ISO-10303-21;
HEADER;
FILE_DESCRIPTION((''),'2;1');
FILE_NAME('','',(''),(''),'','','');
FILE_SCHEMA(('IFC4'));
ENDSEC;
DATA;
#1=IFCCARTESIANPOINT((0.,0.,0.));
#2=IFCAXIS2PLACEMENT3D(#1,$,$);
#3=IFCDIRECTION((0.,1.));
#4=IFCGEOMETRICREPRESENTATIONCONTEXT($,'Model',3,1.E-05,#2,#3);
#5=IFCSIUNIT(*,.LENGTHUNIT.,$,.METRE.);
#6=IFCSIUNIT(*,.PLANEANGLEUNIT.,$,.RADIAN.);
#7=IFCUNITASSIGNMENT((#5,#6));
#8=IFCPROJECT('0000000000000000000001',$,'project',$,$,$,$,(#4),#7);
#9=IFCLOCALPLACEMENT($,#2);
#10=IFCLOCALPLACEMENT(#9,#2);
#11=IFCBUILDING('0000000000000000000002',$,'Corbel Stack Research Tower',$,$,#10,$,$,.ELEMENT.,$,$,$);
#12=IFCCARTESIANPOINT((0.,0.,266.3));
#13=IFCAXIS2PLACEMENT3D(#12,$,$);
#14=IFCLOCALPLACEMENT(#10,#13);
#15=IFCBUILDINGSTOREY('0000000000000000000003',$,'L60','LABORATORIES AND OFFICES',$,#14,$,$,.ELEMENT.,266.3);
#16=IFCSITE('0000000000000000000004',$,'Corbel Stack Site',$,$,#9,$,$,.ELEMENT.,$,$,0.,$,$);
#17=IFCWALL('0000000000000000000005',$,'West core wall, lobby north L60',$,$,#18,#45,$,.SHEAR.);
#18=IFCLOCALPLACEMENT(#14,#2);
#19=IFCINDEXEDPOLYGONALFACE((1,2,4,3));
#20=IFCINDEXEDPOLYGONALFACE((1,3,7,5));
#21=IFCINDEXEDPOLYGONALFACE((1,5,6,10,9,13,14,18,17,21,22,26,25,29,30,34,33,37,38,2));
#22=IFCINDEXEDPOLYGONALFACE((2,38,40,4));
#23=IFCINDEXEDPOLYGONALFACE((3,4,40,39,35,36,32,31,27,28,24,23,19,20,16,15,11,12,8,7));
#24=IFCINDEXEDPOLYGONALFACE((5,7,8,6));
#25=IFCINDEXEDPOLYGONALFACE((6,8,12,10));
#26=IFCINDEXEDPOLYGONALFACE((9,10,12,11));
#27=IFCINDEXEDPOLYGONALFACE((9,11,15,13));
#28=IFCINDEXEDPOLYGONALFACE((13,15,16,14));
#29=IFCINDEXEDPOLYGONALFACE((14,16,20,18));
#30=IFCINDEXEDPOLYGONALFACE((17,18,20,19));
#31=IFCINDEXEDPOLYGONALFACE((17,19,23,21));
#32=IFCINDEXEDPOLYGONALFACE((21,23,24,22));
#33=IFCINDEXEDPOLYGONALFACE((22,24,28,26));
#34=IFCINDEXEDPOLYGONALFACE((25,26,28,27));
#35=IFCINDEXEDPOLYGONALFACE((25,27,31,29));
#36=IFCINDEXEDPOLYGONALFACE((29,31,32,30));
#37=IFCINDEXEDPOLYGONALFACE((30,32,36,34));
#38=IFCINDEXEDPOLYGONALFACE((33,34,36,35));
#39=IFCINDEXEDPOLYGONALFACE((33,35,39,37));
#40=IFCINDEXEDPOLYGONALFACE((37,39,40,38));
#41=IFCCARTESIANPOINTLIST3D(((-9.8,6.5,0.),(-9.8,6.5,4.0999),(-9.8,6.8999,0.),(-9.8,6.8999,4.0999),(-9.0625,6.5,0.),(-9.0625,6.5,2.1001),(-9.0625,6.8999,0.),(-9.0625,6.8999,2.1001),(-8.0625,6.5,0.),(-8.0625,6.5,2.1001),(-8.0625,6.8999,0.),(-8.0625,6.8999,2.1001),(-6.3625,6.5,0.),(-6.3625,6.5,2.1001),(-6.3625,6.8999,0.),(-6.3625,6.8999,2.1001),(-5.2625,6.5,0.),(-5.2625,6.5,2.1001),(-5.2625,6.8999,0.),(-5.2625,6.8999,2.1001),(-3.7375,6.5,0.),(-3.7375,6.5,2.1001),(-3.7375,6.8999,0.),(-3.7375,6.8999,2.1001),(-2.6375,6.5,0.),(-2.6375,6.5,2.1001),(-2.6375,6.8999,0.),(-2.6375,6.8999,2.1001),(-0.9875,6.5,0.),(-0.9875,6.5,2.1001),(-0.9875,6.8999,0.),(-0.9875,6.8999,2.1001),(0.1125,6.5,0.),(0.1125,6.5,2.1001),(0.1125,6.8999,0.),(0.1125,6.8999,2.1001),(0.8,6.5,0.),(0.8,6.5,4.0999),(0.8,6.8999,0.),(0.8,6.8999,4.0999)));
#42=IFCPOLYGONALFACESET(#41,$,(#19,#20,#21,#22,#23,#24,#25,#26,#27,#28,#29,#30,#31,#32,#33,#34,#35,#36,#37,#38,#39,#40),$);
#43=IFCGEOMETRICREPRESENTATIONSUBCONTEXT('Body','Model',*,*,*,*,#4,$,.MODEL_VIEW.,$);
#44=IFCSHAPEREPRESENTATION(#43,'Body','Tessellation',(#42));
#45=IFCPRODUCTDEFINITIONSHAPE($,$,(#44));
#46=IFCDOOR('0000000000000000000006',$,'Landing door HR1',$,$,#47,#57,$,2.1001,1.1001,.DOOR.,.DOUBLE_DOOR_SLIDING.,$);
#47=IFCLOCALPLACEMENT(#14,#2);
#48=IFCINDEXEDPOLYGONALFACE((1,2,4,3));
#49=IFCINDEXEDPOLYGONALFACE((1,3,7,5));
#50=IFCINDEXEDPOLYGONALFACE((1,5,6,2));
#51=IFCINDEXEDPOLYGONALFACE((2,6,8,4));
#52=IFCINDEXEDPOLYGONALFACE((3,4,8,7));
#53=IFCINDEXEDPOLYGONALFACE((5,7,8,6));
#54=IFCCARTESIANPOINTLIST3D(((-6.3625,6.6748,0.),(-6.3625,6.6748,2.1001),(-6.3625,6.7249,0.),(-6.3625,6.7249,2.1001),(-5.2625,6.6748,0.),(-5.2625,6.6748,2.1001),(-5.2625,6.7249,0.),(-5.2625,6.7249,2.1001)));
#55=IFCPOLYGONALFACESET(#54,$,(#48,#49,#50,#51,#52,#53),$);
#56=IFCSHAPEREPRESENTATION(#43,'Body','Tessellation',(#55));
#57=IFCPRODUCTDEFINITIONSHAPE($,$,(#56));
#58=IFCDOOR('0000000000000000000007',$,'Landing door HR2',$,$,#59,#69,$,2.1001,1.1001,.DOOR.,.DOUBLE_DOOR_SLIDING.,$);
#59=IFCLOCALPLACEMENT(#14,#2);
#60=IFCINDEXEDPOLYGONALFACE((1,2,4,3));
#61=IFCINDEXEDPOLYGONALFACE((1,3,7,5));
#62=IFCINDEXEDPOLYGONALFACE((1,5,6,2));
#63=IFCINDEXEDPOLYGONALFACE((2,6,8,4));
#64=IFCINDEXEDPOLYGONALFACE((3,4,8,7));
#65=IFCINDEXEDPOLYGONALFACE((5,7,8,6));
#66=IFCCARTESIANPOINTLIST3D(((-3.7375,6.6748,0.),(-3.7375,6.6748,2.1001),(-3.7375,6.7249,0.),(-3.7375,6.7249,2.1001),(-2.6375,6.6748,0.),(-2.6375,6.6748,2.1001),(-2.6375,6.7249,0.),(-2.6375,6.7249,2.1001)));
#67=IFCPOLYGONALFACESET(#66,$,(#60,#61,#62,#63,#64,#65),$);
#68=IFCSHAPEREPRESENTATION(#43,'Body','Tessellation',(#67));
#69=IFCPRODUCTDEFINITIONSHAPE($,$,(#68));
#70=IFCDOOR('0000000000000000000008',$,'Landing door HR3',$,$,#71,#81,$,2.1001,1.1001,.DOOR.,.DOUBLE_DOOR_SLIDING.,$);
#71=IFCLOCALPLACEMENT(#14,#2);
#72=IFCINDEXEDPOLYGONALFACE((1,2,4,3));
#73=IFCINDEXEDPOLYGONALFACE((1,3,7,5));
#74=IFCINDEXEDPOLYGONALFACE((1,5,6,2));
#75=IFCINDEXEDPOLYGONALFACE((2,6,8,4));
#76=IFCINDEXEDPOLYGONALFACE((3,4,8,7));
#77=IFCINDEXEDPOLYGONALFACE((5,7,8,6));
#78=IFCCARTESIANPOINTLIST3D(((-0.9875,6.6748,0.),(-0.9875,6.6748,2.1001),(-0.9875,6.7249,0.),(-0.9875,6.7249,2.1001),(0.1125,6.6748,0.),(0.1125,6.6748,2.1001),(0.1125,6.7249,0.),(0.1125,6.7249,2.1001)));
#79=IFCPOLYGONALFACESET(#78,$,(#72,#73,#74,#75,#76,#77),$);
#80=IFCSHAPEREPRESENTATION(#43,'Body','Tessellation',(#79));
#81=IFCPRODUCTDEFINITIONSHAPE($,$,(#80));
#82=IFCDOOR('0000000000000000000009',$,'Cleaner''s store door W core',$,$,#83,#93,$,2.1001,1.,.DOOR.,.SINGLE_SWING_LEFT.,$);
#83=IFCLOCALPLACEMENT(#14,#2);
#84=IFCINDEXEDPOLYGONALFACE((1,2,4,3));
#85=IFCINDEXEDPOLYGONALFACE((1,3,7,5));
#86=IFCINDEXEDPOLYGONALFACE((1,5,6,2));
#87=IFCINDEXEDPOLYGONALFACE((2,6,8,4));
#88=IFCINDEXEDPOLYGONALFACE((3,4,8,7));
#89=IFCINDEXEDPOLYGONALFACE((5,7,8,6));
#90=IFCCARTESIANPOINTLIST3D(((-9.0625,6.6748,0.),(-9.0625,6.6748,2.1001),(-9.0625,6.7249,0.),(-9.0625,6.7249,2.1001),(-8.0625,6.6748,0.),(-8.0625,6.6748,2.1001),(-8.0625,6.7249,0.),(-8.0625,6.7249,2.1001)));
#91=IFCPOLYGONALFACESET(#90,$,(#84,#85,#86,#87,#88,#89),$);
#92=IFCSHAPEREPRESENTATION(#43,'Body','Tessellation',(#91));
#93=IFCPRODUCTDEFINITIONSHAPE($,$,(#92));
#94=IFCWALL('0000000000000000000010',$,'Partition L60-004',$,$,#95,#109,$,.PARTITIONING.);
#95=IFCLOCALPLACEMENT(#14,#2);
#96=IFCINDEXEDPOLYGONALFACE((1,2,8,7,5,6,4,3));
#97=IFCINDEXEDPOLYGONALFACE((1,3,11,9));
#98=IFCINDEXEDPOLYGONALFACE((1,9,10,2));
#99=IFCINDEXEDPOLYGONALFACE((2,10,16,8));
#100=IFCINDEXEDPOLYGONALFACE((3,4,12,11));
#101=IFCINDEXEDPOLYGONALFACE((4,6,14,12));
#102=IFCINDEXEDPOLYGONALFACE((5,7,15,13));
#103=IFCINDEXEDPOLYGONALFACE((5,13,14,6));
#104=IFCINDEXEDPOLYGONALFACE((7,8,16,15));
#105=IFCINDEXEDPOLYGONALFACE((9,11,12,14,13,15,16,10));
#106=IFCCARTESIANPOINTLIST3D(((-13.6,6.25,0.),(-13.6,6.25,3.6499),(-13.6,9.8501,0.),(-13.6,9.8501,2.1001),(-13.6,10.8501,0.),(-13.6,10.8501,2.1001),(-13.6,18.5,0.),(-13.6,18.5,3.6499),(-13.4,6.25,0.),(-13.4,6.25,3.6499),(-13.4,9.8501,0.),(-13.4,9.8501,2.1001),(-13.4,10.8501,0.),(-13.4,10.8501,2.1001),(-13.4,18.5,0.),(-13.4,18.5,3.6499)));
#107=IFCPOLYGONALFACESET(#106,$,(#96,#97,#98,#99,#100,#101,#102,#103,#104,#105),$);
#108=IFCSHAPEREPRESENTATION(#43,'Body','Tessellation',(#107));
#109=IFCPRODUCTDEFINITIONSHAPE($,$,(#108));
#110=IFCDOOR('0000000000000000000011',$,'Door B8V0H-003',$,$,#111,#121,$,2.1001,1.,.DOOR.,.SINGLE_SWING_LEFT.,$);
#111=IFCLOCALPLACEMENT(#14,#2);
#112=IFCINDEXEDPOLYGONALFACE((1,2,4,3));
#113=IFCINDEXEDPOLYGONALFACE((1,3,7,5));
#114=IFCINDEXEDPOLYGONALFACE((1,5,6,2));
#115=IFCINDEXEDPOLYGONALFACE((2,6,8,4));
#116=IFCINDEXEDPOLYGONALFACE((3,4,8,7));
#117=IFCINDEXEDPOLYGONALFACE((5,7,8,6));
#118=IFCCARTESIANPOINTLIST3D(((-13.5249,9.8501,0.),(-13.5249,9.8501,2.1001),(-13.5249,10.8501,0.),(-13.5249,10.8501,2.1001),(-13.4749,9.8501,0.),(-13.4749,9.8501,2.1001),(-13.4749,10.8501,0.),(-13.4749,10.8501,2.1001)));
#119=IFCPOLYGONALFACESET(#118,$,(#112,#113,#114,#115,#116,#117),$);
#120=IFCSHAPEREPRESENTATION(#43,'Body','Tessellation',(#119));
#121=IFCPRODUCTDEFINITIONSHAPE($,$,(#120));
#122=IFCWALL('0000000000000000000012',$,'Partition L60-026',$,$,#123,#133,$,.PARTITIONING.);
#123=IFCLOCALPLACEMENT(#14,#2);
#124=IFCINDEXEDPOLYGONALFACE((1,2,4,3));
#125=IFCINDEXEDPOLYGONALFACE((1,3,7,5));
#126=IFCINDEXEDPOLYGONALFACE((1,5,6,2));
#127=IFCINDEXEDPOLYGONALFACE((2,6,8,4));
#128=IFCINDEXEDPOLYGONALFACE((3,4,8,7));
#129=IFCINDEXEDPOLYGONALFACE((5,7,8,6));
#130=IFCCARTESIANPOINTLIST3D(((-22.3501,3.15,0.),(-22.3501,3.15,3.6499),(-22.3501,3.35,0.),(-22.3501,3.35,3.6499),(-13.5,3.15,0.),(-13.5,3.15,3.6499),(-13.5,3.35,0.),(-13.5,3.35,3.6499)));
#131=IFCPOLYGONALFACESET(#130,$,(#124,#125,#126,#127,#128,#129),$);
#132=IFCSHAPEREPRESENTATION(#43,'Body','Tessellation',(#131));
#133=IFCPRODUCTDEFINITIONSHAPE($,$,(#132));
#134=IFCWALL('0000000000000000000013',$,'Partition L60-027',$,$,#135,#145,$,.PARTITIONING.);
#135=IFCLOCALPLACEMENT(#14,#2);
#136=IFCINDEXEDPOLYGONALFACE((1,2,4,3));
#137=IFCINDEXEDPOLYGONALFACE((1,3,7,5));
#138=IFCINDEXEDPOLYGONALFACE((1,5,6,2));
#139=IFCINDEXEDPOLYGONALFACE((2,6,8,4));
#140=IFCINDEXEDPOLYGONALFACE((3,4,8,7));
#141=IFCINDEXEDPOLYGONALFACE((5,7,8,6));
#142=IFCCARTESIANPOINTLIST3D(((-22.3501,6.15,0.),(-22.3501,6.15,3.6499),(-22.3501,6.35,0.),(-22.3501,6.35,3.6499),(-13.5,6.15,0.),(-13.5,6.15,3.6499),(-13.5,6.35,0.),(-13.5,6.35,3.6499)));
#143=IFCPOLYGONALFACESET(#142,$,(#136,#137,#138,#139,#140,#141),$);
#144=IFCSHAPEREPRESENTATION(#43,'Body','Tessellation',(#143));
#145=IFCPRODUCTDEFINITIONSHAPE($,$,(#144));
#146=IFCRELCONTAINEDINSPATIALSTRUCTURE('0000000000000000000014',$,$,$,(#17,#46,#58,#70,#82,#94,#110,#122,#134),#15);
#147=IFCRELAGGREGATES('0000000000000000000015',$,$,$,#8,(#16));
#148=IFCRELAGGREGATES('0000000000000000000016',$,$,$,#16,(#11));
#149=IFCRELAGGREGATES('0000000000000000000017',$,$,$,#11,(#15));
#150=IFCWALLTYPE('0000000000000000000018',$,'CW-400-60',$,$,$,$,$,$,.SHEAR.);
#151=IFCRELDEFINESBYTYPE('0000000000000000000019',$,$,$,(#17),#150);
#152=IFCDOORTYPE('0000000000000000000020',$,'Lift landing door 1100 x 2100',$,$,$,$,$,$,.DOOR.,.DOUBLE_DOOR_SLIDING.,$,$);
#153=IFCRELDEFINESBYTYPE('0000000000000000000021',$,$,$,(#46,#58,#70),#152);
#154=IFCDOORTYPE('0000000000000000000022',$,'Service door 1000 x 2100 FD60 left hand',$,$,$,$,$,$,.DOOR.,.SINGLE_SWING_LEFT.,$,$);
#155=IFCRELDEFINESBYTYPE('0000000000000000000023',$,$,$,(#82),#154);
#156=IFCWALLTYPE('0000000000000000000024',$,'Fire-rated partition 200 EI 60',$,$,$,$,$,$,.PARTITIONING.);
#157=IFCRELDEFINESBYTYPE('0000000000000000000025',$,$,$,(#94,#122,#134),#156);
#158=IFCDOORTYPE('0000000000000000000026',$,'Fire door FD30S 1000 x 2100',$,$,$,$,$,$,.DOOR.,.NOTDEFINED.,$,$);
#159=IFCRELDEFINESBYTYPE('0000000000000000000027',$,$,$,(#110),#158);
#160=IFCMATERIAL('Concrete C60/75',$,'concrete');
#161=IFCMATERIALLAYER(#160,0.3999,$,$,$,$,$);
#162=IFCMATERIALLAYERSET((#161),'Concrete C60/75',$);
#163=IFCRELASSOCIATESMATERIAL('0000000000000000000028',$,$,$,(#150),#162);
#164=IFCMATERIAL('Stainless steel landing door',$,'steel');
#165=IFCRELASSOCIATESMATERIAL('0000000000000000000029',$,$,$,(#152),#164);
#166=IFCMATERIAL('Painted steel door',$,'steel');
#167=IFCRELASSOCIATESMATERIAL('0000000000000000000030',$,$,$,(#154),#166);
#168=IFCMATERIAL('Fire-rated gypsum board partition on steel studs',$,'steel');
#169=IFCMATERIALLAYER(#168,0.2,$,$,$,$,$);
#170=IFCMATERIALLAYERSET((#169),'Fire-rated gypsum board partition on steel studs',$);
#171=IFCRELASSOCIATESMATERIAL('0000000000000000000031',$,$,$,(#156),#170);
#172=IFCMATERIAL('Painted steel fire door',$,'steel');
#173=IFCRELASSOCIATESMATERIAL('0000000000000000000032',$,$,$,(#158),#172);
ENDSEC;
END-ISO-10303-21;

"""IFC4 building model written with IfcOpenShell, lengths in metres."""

from ifc_helpers import new_model, si_unit, direction, frame, frame_2d, origin, place, context, subcontext, project, spatial, rectangle, extrude, material, layer, layer_set, type_object, element, fill, save


model = new_model("IFC4")

# Units and contexts
model_context = context("Model", 3, precision=1e-05, world=origin(), true_north=direction((0.0, 1.0)))
body_context = subcontext(model_context, "Body", "Model", "MODEL_VIEW")
ifc_project = project(units=[si_unit("LENGTHUNIT", "METRE"), si_unit("PLANEANGLEUNIT", "RADIAN")], contexts=[model_context])

# Site, building, storey
site_placement = place(None, origin())
site = spatial("IfcSite", under=ifc_project, at=site_placement, Name="Corbel Stack Site", CompositionType="ELEMENT", RefElevation=0.0)
building_placement = place(site_placement, origin())
building = spatial("IfcBuilding", under=site, at=building_placement, Name="Corbel Stack Research Tower", CompositionType="ELEMENT")
storey_placement = place(building_placement, frame((0.0, 0.0, 266.3)))
storey = spatial("IfcBuildingStorey", under=building, at=storey_placement, Name="L60", Description="LABORATORIES AND OFFICES", CompositionType="ELEMENT", Elevation=266.3)

# Wall, openings, doors
ifc_material_1 = material(Name="Concrete C60/75", Category="concrete")
ifc_layer_1 = layer(ifc_material_1, 0.3999)
ifc_layer_set_1 = layer_set([ifc_layer_1], Name="Concrete C60/75")
wall_type_1 = type_object("IfcWallType", Name="CW-400-60", PredefinedType="SHEAR", material=ifc_layer_set_1)
ifc_material_2 = material(Name="Stainless steel landing door", Category="steel")
door_type_1 = type_object("IfcDoorType", Name="Lift landing door 1100 x 2100", OperationType="DOUBLE_DOOR_SLIDING", PredefinedType="DOOR", material=ifc_material_2)
ifc_material_3 = material(Name="Painted steel door", Category="steel")
door_type_2 = type_object("IfcDoorType", Name="Service door 1000 x 2100 FD60 left hand", OperationType="SINGLE_SWING_LEFT", PredefinedType="DOOR", material=ifc_material_3)
wall_1_placement = place(storey_placement, frame((-9.8, 6.7, 0.0), z_axis=(0.0, 0.0, 1.0), x_axis=(1.0, 0.0, 0.0)))
wall_1 = element("IfcWall", 1, at=wall_1_placement, inside=storey, type_object=wall_type_1, Name="West core wall, lobby north L60", PredefinedType="SHEAR", context=body_context, shape_type="SweptSolid", body=[
    extrude(rectangle(XDim=10.6001, YDim=0.3999, at=frame_2d((5.3, 0.0))), origin(), (0.0, 0.0, 1.0), 4.0999),
])
opening_1_placement = place(wall_1_placement, frame((3.4375, 0.0, 0.0)))
opening_1 = element("IfcOpeningElement", 2, at=opening_1_placement, cuts=wall_1, PredefinedType="OPENING", context=body_context, shape_type="SweptSolid", body=[
    extrude(rectangle(XDim=1.1001, YDim=2.1001, at=frame_2d((0.55, 1.05))), frame((0.0, 0.21, 0.0), z_axis=(0.0, -1.0, 0.0), x_axis=(1.0, 0.0, 0.0)), (0.0, 0.0, 1.0), 0.4199),
])
opening_2_placement = place(wall_1_placement, frame((6.0625, 0.0, 0.0)))
opening_2 = element("IfcOpeningElement", 3, at=opening_2_placement, cuts=wall_1, PredefinedType="OPENING", context=body_context, shape_type="SweptSolid", body=[
    extrude(rectangle(XDim=1.1001, YDim=2.1001, at=frame_2d((0.55, 1.05))), frame((0.0, 0.21, 0.0), z_axis=(0.0, -1.0, 0.0), x_axis=(1.0, 0.0, 0.0)), (0.0, 0.0, 1.0), 0.4199),
])
opening_3_placement = place(wall_1_placement, frame((8.8125, 0.0, 0.0)))
opening_3 = element("IfcOpeningElement", 4, at=opening_3_placement, cuts=wall_1, PredefinedType="OPENING", context=body_context, shape_type="SweptSolid", body=[
    extrude(rectangle(XDim=1.1001, YDim=2.1001, at=frame_2d((0.55, 1.05))), frame((0.0, 0.21, 0.0), z_axis=(0.0, -1.0, 0.0), x_axis=(1.0, 0.0, 0.0)), (0.0, 0.0, 1.0), 0.4199),
])
opening_4_placement = place(wall_1_placement, frame((0.7375, 0.0, 0.0)))
opening_4 = element("IfcOpeningElement", 5, at=opening_4_placement, cuts=wall_1, PredefinedType="OPENING", context=body_context, shape_type="SweptSolid", body=[
    extrude(rectangle(XDim=1.0, YDim=2.1001, at=frame_2d((0.5, 1.05))), frame((0.0, 0.21, 0.0), z_axis=(0.0, -1.0, 0.0), x_axis=(1.0, 0.0, 0.0)), (0.0, 0.0, 1.0), 0.4199),
])
door_1_placement = place(opening_1_placement, origin())
door_1 = element("IfcDoor", 6, at=door_1_placement, inside=storey, type_object=door_type_1, Name="Landing door HR1", OperationType="DOUBLE_DOOR_SLIDING", OverallHeight=2.1001, OverallWidth=1.1001, PredefinedType="DOOR", context=body_context, shape_type="SweptSolid", body=[
    extrude(rectangle(XDim=1.1001, YDim=2.1001, at=frame_2d((0.55, 1.05))), frame((0.0, 0.0249, 0.0), z_axis=(0.0, -1.0, 0.0), x_axis=(1.0, 0.0, 0.0)), (0.0, 0.0, 1.0), 0.05),
])
fill(opening_1, door_1)
door_2_placement = place(opening_2_placement, origin())
door_2 = element("IfcDoor", 7, at=door_2_placement, inside=storey, type_object=door_type_1, Name="Landing door HR2", OperationType="DOUBLE_DOOR_SLIDING", OverallHeight=2.1001, OverallWidth=1.1001, PredefinedType="DOOR", context=body_context, shape_type="SweptSolid", body=[
    extrude(rectangle(XDim=1.1001, YDim=2.1001, at=frame_2d((0.55, 1.05))), frame((0.0, 0.0249, 0.0), z_axis=(0.0, -1.0, 0.0), x_axis=(1.0, 0.0, 0.0)), (0.0, 0.0, 1.0), 0.05),
])
fill(opening_2, door_2)
door_3_placement = place(opening_3_placement, origin())
door_3 = element("IfcDoor", 8, at=door_3_placement, inside=storey, type_object=door_type_1, Name="Landing door HR3", OperationType="DOUBLE_DOOR_SLIDING", OverallHeight=2.1001, OverallWidth=1.1001, PredefinedType="DOOR", context=body_context, shape_type="SweptSolid", body=[
    extrude(rectangle(XDim=1.1001, YDim=2.1001, at=frame_2d((0.55, 1.05))), frame((0.0, 0.0249, 0.0), z_axis=(0.0, -1.0, 0.0), x_axis=(1.0, 0.0, 0.0)), (0.0, 0.0, 1.0), 0.05),
])
fill(opening_3, door_3)
door_4_placement = place(opening_4_placement, origin())
door_4 = element("IfcDoor", 9, at=door_4_placement, inside=storey, type_object=door_type_2, Name="Cleaner's store door W core", OperationType="SINGLE_SWING_LEFT", OverallHeight=2.1001, OverallWidth=1.0, PredefinedType="DOOR", context=body_context, shape_type="SweptSolid", body=[
    extrude(rectangle(XDim=1.0, YDim=2.1001, at=frame_2d((0.5, 1.05))), frame((0.0, 0.0249, 0.0), z_axis=(0.0, -1.0, 0.0), x_axis=(1.0, 0.0, 0.0)), (0.0, 0.0, 1.0), 0.05),
])
fill(opening_4, door_4)

# Wall, opening, door
ifc_material_4 = material(Name="Fire-rated gypsum board partition on steel studs", Category="steel")
ifc_layer_2 = layer(ifc_material_4, 0.2)
ifc_layer_set_2 = layer_set([ifc_layer_2], Name="Fire-rated gypsum board partition on steel studs")
wall_type_2 = type_object("IfcWallType", Name="Fire-rated partition 200 EI 60", PredefinedType="PARTITIONING", material=ifc_layer_set_2)
wall_2_placement = place(storey_placement, frame((-13.5, 6.25, 0.0), z_axis=(0.0, 0.0, 1.0), x_axis=(0.0, 1.0, 0.0)))
wall_2 = element("IfcWall", 10, at=wall_2_placement, inside=storey, type_object=wall_type_2, Name="Partition L60-004", PredefinedType="PARTITIONING", context=body_context, shape_type="SweptSolid", body=[
    extrude(rectangle(XDim=12.25, YDim=0.2, at=frame_2d((6.125, 0.0))), origin(), (0.0, 0.0, 1.0), 3.6499),
])
opening_5_placement = place(wall_2_placement, frame((3.6001, 0.0, 0.0)))
opening_5 = element("IfcOpeningElement", 11, at=opening_5_placement, cuts=wall_2, PredefinedType="OPENING", context=body_context, shape_type="SweptSolid", body=[
    extrude(rectangle(XDim=1.0, YDim=2.1001, at=frame_2d((0.5, 1.05))), frame((0.0, 0.1099, 0.0), z_axis=(0.0, -1.0, 0.0), x_axis=(1.0, 0.0, 0.0)), (0.0, 0.0, 1.0), 0.22),
])
ifc_material_5 = material(Name="Painted steel fire door", Category="steel")
door_type_3 = type_object("IfcDoorType", Name="Fire door FD30S 1000 x 2100", OperationType="NOTDEFINED", PredefinedType="DOOR", material=ifc_material_5)
door_5_placement = place(opening_5_placement, origin())
door_5 = element("IfcDoor", 12, at=door_5_placement, inside=storey, type_object=door_type_3, Name="Door B8V0H-003", OperationType="SINGLE_SWING_LEFT", OverallHeight=2.1001, OverallWidth=1.0, PredefinedType="DOOR", context=body_context, shape_type="SweptSolid", body=[
    extrude(rectangle(XDim=1.0, YDim=2.1001, at=frame_2d((0.5, 1.05))), frame((0.0, 0.0249, 0.0), z_axis=(0.0, -1.0, 0.0), x_axis=(1.0, 0.0, 0.0)), (0.0, 0.0, 1.0), 0.05),
])
fill(opening_5, door_5)

# Walls
for number, where, z_axis, x_axis, name in (
    (13, (-22.3501, 3.25, 0.0), (0.0, 0.0, 1.0), (1.0, 0.0, 0.0), "Partition L60-026"),
    (14, (-22.3501, 6.25, 0.0), (0.0, 0.0, 1.0), (1.0, 0.0, 0.0), "Partition L60-027"),
):
    element("IfcWall", number, at=place(storey_placement, frame(where, z_axis=z_axis, x_axis=x_axis)), inside=storey, type_object=wall_type_2, Name=name, PredefinedType="PARTITIONING", context=body_context, shape_type="SweptSolid", body=[
        extrude(rectangle(XDim=8.8501, YDim=0.2, at=frame_2d((4.425, 0.0))), origin(), (0.0, 0.0, 1.0), 3.6499),
    ])

save(model, "model.ifc")
